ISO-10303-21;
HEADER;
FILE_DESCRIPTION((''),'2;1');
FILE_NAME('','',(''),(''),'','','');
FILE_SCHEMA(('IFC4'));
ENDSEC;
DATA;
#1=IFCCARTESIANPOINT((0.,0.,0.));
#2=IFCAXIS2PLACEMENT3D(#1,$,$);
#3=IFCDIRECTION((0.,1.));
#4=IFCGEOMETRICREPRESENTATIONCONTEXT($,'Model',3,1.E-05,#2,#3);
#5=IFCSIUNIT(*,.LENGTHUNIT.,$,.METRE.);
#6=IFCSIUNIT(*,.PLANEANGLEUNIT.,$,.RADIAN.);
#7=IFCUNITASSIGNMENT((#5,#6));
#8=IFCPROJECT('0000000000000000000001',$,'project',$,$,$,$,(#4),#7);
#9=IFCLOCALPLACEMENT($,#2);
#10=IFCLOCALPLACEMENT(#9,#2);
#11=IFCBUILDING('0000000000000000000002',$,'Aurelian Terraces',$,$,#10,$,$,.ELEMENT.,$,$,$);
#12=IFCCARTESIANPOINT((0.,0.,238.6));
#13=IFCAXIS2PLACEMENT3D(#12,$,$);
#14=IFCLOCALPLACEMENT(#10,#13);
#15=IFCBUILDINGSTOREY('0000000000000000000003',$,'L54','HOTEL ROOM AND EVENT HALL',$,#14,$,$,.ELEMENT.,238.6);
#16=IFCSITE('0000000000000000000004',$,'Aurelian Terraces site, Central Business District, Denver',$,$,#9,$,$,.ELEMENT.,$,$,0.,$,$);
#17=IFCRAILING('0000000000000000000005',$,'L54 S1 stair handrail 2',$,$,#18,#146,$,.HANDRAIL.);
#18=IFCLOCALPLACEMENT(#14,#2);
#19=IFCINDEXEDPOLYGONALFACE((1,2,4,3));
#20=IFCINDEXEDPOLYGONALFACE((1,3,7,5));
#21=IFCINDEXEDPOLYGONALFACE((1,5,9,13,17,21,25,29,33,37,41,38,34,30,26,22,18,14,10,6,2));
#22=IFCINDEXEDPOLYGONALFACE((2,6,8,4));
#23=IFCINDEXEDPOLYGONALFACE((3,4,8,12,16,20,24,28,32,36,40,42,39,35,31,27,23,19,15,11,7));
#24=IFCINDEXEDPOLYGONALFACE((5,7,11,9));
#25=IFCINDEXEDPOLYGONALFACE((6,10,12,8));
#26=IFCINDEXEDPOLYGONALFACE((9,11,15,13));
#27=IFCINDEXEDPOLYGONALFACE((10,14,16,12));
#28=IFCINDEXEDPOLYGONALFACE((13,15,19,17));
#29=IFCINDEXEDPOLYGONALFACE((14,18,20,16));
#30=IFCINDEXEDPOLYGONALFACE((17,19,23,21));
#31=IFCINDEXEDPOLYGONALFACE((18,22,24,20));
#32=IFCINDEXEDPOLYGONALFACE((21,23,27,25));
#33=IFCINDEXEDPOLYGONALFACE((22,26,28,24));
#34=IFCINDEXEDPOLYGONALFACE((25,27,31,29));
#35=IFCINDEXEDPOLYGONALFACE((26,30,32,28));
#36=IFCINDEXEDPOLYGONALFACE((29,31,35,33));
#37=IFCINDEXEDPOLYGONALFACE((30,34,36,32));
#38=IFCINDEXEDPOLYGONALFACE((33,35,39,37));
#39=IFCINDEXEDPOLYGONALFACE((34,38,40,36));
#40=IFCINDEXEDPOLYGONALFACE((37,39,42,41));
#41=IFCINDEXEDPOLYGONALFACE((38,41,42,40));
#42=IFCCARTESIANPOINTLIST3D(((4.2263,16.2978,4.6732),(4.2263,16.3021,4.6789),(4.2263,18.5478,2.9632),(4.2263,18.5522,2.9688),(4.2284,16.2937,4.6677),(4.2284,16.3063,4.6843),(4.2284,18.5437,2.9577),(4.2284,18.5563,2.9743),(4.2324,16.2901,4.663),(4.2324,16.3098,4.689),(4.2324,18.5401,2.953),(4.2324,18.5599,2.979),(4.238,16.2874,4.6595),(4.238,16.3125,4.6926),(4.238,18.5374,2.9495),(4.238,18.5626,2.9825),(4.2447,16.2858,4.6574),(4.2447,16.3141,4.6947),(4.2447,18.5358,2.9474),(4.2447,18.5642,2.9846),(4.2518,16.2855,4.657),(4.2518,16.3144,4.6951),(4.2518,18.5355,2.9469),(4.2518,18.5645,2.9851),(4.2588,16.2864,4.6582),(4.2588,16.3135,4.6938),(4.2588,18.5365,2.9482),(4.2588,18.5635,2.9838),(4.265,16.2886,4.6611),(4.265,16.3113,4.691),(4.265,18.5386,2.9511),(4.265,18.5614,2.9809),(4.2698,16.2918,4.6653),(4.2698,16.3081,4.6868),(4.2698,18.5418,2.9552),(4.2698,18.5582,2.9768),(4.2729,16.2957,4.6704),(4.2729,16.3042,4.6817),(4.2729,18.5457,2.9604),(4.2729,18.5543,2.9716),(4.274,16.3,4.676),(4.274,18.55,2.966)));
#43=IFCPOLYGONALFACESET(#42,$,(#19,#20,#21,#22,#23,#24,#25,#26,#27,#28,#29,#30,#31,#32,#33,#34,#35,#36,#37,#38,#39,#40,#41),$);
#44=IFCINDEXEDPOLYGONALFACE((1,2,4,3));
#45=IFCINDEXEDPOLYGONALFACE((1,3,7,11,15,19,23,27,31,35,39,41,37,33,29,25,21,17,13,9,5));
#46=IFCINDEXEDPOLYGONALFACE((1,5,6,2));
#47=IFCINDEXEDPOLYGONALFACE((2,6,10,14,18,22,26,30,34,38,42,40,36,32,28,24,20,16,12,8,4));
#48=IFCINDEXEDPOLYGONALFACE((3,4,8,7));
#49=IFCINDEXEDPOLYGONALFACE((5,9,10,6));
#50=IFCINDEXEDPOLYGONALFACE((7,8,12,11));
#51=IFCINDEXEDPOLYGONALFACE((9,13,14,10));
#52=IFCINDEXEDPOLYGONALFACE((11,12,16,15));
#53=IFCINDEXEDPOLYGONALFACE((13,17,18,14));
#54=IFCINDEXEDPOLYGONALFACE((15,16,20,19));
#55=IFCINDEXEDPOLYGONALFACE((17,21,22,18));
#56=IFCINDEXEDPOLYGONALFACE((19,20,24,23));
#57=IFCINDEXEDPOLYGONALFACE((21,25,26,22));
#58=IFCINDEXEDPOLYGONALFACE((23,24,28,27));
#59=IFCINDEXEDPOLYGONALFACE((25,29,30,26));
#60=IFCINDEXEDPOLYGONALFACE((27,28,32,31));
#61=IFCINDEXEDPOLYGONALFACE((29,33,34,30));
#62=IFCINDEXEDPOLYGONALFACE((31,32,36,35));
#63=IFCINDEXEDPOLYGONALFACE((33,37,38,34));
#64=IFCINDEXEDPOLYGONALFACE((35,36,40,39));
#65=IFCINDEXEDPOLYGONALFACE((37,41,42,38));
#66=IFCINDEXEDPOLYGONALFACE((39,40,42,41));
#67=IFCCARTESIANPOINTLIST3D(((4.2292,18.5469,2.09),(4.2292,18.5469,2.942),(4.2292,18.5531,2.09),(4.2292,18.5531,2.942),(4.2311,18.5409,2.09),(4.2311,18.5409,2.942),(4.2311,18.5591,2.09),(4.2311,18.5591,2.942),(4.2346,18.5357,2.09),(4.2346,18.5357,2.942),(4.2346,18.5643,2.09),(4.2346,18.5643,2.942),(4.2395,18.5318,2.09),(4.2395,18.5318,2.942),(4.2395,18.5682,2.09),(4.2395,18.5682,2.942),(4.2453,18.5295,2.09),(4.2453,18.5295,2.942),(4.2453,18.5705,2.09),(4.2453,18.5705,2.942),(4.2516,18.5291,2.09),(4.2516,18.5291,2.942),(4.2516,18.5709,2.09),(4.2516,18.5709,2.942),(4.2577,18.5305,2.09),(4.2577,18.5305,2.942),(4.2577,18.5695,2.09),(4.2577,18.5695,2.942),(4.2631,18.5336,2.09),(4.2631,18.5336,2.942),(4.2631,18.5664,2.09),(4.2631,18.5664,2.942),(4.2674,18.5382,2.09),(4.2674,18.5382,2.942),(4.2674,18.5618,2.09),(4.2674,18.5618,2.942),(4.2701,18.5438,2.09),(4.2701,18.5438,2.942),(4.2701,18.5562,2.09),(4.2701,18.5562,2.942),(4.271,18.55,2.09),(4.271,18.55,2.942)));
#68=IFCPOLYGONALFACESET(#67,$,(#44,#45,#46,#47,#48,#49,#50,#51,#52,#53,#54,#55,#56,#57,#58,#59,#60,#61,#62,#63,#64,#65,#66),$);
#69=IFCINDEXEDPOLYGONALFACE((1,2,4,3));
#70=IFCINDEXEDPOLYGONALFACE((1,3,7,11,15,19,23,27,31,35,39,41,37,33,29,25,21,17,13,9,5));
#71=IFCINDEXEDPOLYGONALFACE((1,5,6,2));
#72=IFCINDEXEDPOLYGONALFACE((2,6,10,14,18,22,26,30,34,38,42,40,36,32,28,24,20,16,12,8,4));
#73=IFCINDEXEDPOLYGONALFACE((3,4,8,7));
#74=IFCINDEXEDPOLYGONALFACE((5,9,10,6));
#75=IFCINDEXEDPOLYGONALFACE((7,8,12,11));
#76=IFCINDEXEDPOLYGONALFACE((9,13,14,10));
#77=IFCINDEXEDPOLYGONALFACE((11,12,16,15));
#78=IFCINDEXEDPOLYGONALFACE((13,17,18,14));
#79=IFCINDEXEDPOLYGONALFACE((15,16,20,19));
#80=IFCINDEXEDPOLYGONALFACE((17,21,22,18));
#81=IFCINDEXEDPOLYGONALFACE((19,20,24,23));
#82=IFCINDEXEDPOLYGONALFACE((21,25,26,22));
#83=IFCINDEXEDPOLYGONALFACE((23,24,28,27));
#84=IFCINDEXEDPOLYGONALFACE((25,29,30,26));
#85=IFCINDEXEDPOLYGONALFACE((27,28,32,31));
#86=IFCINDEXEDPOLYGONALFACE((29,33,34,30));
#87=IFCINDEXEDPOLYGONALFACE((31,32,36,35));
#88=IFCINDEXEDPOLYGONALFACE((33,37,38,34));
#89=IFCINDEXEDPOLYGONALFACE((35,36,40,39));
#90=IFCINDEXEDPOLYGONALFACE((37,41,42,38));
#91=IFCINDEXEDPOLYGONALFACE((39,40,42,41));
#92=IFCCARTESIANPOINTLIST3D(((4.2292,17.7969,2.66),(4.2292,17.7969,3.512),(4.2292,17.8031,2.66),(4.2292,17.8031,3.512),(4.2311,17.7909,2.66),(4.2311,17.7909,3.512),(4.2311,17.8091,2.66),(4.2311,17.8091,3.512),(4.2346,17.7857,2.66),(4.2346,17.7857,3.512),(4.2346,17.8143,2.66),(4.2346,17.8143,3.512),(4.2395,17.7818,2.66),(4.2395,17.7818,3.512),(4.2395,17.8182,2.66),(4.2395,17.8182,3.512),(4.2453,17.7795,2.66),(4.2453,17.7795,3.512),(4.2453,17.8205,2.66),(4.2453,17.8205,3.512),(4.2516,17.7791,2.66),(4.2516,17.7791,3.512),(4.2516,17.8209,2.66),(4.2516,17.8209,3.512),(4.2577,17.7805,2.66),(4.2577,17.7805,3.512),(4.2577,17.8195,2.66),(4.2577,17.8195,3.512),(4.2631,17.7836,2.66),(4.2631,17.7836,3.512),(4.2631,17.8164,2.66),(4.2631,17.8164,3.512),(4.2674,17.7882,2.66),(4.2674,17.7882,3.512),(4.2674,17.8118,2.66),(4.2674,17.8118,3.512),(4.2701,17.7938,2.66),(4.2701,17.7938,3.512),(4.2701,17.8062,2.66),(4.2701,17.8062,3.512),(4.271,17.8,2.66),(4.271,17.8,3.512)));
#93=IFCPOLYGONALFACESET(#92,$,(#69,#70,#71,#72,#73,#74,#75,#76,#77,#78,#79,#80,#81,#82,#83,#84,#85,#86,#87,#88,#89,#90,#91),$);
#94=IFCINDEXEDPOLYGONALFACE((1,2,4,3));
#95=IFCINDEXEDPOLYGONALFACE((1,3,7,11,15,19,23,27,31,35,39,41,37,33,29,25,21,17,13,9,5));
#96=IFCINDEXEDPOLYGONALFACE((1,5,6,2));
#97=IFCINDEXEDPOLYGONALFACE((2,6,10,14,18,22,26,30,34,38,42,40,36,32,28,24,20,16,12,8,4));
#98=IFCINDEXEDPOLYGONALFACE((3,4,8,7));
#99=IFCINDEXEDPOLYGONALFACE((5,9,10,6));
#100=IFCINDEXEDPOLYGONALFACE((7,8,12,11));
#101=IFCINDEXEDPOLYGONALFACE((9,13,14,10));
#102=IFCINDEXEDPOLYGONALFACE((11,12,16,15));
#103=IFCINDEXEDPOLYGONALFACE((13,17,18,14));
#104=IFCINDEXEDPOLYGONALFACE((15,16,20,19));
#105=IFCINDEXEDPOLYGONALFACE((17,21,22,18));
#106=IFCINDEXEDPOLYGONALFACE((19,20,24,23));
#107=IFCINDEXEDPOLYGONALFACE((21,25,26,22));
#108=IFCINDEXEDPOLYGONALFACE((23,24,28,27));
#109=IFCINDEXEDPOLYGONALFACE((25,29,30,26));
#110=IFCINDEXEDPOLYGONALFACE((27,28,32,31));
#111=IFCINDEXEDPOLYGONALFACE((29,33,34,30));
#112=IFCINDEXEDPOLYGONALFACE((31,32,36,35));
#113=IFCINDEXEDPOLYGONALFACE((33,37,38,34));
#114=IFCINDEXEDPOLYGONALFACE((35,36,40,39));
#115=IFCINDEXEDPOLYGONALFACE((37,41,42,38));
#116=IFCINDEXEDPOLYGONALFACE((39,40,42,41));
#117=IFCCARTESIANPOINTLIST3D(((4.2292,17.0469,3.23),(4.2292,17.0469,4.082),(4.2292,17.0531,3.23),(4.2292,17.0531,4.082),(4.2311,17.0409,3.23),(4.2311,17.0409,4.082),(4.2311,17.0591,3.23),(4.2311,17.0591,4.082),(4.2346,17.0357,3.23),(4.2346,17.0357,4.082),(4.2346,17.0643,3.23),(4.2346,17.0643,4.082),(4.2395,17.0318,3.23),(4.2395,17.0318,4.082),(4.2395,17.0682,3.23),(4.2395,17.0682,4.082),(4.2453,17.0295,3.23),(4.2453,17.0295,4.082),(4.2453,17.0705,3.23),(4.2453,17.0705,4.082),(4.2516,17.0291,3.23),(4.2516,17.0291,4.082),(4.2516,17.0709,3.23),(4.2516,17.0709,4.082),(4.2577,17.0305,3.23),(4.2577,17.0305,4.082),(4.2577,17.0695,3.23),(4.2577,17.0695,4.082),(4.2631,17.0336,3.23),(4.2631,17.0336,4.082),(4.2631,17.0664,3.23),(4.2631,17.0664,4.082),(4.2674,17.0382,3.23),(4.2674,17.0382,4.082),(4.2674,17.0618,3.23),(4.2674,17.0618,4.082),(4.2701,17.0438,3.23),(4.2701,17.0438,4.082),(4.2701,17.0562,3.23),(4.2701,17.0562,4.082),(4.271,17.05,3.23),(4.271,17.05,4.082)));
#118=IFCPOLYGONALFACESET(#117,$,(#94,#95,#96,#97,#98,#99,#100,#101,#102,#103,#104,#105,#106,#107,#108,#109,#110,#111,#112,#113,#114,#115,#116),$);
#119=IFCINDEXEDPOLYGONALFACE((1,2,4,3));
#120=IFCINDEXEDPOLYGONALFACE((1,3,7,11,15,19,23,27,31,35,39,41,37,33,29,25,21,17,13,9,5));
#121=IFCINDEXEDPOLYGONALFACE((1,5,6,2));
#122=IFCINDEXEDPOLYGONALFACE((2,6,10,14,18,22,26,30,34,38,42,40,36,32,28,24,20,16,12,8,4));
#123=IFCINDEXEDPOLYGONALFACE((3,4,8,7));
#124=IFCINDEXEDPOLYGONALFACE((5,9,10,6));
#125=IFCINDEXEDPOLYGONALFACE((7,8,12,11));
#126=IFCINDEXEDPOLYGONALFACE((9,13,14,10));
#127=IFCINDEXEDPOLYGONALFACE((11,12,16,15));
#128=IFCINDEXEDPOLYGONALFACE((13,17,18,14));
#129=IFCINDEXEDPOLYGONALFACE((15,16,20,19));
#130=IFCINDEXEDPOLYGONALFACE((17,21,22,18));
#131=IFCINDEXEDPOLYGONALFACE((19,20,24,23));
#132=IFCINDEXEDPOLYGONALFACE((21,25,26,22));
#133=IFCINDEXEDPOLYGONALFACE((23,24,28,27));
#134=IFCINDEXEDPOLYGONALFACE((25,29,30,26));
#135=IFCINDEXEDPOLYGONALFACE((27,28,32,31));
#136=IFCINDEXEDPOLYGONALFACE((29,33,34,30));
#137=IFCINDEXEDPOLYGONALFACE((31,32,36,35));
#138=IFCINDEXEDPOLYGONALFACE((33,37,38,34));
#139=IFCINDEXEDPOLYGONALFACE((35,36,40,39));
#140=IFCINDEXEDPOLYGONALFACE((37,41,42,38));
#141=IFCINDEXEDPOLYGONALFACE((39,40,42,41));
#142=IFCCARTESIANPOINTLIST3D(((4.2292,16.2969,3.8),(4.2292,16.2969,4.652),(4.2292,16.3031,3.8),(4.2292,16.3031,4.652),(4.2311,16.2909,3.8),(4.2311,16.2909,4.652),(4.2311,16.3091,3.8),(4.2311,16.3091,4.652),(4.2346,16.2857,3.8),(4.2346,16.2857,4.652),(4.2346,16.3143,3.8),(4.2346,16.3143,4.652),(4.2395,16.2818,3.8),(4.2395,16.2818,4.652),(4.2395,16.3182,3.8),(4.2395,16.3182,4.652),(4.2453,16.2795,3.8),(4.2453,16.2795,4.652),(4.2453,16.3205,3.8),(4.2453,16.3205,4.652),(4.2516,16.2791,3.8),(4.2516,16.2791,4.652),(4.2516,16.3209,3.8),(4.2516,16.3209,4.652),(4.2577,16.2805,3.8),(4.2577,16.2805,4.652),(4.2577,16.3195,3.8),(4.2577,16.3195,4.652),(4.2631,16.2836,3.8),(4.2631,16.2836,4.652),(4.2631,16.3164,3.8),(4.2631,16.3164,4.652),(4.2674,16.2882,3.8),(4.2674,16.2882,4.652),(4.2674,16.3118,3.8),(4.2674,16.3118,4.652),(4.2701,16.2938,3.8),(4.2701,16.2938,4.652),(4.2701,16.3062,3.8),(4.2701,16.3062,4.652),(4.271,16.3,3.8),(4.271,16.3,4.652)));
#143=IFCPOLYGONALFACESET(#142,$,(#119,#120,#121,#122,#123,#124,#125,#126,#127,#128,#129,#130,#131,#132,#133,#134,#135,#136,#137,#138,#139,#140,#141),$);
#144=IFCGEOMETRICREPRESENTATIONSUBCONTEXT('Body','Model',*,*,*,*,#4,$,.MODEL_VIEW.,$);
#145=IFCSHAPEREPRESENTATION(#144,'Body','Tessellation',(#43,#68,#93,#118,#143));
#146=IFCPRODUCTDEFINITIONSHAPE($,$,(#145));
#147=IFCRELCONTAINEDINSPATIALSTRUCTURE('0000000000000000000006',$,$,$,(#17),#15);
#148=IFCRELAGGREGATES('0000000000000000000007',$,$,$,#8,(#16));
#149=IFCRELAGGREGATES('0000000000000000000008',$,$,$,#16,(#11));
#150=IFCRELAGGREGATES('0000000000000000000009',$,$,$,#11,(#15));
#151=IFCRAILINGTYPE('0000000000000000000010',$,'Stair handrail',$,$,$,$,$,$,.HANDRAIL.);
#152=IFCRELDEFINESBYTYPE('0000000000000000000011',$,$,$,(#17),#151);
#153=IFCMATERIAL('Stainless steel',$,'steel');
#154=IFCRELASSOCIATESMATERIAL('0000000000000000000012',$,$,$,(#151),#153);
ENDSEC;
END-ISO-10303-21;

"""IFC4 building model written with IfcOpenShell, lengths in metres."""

from ifc_helpers import new_model, si_unit, direction, frame, origin, origin_2d, place, context, subcontext, project, spatial, circle, extrude, source, transform, mapped, material, type_object, element, save


model = new_model("IFC4")

# Units and contexts
model_context = context("Model", 3, precision=1e-05, world=origin(), true_north=direction((0.0, 1.0)))
body_context = subcontext(model_context, "Body", "Model", "MODEL_VIEW")
ifc_project = project(units=[si_unit("LENGTHUNIT", "METRE"), si_unit("PLANEANGLEUNIT", "RADIAN")], contexts=[model_context])

# Site, building, storey
site_placement = place(None, origin())
site = spatial("IfcSite", under=ifc_project, at=site_placement, Name="Aurelian Terraces site, Central Business District, Denver", CompositionType="ELEMENT", RefElevation=0.0)
building_placement = place(site_placement, origin())
building = spatial("IfcBuilding", under=site, at=building_placement, Name="Aurelian Terraces", CompositionType="ELEMENT")
storey_placement = place(building_placement, frame((0.0, 0.0, 238.6)))
storey = spatial("IfcBuildingStorey", under=building, at=storey_placement, Name="L54", Description="HOTEL ROOM AND EVENT HALL", CompositionType="ELEMENT", Elevation=238.6)

# Railing
ifc_material_1 = material(Name="Stainless steel", Category="steel")
railing_type_1 = type_object("IfcRailingType", Name="Stair handrail", PredefinedType="HANDRAIL", material=ifc_material_1)
shared_shape_1 = source(origin(), body_context, "Body", "SweptSolid", [
    extrude(circle(Radius=0.024, at=origin_2d()), frame((0.0, 0.0, 0.876), z_axis=(0.0, -0.796162, 0.605083), x_axis=(1.0, 0.0, 0.0)), (0.0, 0.0, 1.0), 2.8261),
    extrude(circle(Radius=0.021, at=origin_2d()), origin(), (0.0, 0.0, 1.0), 0.852),
    extrude(circle(Radius=0.021, at=origin_2d()), frame((0.0, -0.75, 0.57)), (0.0, 0.0, 1.0), 0.852),
    extrude(circle(Radius=0.021, at=origin_2d()), frame((0.0, -1.5, 1.14)), (0.0, 0.0, 1.0), 0.852),
    extrude(circle(Radius=0.021, at=origin_2d()), frame((0.0, -2.25, 1.71)), (0.0, 0.0, 1.0), 0.852),
])
railing_1_placement = place(storey_placement, frame((4.25, 18.55, 2.09)))
element("IfcRailing", 1, at=railing_1_placement, inside=storey, type_object=railing_type_1, Name="L54 S1 stair handrail 2", PredefinedType="HANDRAIL", context=body_context, shape_type="MappedRepresentation", body=[
    mapped(shared_shape_1, transform((0.0, 0.0, 0.0), scale=1.0)),
])

save(model, "model.ifc")
